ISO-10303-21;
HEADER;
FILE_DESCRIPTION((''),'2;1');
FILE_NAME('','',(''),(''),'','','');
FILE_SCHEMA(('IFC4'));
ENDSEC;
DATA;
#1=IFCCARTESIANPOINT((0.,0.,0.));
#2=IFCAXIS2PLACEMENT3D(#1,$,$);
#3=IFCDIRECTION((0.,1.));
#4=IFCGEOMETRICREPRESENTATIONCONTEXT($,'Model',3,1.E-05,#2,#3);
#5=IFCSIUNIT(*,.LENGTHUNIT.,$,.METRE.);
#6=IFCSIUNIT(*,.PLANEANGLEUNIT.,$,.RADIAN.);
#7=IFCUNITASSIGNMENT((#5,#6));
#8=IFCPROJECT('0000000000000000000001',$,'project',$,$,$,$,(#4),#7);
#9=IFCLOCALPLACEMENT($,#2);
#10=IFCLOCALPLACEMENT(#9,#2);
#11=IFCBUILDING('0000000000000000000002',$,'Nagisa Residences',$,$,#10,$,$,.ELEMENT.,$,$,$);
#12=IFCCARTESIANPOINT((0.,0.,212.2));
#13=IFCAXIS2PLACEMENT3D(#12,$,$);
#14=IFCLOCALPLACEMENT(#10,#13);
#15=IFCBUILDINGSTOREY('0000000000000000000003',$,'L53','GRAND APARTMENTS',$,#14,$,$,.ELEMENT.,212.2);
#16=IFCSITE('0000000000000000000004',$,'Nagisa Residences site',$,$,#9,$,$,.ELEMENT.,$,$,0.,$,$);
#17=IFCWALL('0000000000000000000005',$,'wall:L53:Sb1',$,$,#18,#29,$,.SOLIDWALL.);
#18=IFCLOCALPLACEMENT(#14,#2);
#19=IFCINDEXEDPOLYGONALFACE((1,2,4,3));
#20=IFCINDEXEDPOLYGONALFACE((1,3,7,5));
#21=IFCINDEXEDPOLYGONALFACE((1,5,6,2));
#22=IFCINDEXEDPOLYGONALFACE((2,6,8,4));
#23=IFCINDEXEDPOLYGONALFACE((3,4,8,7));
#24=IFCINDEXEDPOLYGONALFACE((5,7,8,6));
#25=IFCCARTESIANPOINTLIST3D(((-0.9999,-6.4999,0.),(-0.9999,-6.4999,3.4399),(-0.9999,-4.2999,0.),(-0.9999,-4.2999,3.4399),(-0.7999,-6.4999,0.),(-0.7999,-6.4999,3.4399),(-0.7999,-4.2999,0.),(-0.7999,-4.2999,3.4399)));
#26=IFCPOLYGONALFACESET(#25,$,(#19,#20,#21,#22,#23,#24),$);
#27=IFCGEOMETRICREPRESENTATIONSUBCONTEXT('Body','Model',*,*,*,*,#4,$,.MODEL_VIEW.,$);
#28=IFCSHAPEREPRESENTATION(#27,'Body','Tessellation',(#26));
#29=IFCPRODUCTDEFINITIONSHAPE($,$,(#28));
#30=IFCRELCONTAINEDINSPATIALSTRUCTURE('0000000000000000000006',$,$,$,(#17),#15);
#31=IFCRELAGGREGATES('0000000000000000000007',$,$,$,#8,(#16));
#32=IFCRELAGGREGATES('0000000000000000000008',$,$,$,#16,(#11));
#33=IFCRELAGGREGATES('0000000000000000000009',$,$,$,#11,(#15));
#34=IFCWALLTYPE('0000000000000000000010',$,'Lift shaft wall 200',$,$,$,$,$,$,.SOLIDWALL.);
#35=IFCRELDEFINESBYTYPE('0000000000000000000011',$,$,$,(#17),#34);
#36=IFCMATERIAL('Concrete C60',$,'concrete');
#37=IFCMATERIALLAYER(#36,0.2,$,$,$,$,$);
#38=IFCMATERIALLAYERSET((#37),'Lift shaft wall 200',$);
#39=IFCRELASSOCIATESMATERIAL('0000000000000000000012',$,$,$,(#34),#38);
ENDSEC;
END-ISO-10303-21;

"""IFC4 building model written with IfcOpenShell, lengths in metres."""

from ifc_helpers import new_model, si_unit, direction, frame, frame_2d, origin, place, context, subcontext, project, spatial, rectangle, extrude, material, layer, layer_set, type_object, element, save


model = new_model("IFC4")

# Units and contexts
model_context = context("Model", 3, precision=1e-05, world=origin(), true_north=direction((0.0, 1.0)))
body_context = subcontext(model_context, "Body", "Model", "MODEL_VIEW")
ifc_project = project(units=[si_unit("LENGTHUNIT", "METRE"), si_unit("PLANEANGLEUNIT", "RADIAN")], contexts=[model_context])

# Site, building, storey
site_placement = place(None, origin())
site = spatial("IfcSite", under=ifc_project, at=site_placement, Name="Nagisa Residences site", CompositionType="ELEMENT", RefElevation=0.0)
building_placement = place(site_placement, origin())
building = spatial("IfcBuilding", under=site, at=building_placement, Name="Nagisa Residences", CompositionType="ELEMENT")
storey_placement = place(building_placement, frame((0.0, 0.0, 212.2)))
storey = spatial("IfcBuildingStorey", under=building, at=storey_placement, Name="L53", Description="GRAND APARTMENTS", CompositionType="ELEMENT", Elevation=212.2)

# Shared definitions
ifc_material_1 = material(Name="Concrete C60", Category="concrete")
ifc_layer_1 = layer(ifc_material_1, 0.2)
ifc_layer_set_1 = layer_set([ifc_layer_1], Name="Lift shaft wall 200")
wall_type_1 = type_object("IfcWallType", Name="Lift shaft wall 200", PredefinedType="SOLIDWALL", material=ifc_layer_set_1)

# Wall
wall_1_placement = place(storey_placement, frame((-0.8999, -6.5, 0.0), z_axis=(0.0, 0.0, 1.0), x_axis=(0.0, 1.0, 0.0)))
element("IfcWall", 1, at=wall_1_placement, inside=storey, type_object=wall_type_1, Name="wall:L53:Sb1", PredefinedType="SOLIDWALL", context=body_context, shape_type="SweptSolid", body=[
    extrude(rectangle(XDim=2.2, YDim=0.2, at=frame_2d((1.1001, 0.0))), origin(), (0.0, 0.0, 1.0), 3.4399),
])

save(model, "model.ifc")
